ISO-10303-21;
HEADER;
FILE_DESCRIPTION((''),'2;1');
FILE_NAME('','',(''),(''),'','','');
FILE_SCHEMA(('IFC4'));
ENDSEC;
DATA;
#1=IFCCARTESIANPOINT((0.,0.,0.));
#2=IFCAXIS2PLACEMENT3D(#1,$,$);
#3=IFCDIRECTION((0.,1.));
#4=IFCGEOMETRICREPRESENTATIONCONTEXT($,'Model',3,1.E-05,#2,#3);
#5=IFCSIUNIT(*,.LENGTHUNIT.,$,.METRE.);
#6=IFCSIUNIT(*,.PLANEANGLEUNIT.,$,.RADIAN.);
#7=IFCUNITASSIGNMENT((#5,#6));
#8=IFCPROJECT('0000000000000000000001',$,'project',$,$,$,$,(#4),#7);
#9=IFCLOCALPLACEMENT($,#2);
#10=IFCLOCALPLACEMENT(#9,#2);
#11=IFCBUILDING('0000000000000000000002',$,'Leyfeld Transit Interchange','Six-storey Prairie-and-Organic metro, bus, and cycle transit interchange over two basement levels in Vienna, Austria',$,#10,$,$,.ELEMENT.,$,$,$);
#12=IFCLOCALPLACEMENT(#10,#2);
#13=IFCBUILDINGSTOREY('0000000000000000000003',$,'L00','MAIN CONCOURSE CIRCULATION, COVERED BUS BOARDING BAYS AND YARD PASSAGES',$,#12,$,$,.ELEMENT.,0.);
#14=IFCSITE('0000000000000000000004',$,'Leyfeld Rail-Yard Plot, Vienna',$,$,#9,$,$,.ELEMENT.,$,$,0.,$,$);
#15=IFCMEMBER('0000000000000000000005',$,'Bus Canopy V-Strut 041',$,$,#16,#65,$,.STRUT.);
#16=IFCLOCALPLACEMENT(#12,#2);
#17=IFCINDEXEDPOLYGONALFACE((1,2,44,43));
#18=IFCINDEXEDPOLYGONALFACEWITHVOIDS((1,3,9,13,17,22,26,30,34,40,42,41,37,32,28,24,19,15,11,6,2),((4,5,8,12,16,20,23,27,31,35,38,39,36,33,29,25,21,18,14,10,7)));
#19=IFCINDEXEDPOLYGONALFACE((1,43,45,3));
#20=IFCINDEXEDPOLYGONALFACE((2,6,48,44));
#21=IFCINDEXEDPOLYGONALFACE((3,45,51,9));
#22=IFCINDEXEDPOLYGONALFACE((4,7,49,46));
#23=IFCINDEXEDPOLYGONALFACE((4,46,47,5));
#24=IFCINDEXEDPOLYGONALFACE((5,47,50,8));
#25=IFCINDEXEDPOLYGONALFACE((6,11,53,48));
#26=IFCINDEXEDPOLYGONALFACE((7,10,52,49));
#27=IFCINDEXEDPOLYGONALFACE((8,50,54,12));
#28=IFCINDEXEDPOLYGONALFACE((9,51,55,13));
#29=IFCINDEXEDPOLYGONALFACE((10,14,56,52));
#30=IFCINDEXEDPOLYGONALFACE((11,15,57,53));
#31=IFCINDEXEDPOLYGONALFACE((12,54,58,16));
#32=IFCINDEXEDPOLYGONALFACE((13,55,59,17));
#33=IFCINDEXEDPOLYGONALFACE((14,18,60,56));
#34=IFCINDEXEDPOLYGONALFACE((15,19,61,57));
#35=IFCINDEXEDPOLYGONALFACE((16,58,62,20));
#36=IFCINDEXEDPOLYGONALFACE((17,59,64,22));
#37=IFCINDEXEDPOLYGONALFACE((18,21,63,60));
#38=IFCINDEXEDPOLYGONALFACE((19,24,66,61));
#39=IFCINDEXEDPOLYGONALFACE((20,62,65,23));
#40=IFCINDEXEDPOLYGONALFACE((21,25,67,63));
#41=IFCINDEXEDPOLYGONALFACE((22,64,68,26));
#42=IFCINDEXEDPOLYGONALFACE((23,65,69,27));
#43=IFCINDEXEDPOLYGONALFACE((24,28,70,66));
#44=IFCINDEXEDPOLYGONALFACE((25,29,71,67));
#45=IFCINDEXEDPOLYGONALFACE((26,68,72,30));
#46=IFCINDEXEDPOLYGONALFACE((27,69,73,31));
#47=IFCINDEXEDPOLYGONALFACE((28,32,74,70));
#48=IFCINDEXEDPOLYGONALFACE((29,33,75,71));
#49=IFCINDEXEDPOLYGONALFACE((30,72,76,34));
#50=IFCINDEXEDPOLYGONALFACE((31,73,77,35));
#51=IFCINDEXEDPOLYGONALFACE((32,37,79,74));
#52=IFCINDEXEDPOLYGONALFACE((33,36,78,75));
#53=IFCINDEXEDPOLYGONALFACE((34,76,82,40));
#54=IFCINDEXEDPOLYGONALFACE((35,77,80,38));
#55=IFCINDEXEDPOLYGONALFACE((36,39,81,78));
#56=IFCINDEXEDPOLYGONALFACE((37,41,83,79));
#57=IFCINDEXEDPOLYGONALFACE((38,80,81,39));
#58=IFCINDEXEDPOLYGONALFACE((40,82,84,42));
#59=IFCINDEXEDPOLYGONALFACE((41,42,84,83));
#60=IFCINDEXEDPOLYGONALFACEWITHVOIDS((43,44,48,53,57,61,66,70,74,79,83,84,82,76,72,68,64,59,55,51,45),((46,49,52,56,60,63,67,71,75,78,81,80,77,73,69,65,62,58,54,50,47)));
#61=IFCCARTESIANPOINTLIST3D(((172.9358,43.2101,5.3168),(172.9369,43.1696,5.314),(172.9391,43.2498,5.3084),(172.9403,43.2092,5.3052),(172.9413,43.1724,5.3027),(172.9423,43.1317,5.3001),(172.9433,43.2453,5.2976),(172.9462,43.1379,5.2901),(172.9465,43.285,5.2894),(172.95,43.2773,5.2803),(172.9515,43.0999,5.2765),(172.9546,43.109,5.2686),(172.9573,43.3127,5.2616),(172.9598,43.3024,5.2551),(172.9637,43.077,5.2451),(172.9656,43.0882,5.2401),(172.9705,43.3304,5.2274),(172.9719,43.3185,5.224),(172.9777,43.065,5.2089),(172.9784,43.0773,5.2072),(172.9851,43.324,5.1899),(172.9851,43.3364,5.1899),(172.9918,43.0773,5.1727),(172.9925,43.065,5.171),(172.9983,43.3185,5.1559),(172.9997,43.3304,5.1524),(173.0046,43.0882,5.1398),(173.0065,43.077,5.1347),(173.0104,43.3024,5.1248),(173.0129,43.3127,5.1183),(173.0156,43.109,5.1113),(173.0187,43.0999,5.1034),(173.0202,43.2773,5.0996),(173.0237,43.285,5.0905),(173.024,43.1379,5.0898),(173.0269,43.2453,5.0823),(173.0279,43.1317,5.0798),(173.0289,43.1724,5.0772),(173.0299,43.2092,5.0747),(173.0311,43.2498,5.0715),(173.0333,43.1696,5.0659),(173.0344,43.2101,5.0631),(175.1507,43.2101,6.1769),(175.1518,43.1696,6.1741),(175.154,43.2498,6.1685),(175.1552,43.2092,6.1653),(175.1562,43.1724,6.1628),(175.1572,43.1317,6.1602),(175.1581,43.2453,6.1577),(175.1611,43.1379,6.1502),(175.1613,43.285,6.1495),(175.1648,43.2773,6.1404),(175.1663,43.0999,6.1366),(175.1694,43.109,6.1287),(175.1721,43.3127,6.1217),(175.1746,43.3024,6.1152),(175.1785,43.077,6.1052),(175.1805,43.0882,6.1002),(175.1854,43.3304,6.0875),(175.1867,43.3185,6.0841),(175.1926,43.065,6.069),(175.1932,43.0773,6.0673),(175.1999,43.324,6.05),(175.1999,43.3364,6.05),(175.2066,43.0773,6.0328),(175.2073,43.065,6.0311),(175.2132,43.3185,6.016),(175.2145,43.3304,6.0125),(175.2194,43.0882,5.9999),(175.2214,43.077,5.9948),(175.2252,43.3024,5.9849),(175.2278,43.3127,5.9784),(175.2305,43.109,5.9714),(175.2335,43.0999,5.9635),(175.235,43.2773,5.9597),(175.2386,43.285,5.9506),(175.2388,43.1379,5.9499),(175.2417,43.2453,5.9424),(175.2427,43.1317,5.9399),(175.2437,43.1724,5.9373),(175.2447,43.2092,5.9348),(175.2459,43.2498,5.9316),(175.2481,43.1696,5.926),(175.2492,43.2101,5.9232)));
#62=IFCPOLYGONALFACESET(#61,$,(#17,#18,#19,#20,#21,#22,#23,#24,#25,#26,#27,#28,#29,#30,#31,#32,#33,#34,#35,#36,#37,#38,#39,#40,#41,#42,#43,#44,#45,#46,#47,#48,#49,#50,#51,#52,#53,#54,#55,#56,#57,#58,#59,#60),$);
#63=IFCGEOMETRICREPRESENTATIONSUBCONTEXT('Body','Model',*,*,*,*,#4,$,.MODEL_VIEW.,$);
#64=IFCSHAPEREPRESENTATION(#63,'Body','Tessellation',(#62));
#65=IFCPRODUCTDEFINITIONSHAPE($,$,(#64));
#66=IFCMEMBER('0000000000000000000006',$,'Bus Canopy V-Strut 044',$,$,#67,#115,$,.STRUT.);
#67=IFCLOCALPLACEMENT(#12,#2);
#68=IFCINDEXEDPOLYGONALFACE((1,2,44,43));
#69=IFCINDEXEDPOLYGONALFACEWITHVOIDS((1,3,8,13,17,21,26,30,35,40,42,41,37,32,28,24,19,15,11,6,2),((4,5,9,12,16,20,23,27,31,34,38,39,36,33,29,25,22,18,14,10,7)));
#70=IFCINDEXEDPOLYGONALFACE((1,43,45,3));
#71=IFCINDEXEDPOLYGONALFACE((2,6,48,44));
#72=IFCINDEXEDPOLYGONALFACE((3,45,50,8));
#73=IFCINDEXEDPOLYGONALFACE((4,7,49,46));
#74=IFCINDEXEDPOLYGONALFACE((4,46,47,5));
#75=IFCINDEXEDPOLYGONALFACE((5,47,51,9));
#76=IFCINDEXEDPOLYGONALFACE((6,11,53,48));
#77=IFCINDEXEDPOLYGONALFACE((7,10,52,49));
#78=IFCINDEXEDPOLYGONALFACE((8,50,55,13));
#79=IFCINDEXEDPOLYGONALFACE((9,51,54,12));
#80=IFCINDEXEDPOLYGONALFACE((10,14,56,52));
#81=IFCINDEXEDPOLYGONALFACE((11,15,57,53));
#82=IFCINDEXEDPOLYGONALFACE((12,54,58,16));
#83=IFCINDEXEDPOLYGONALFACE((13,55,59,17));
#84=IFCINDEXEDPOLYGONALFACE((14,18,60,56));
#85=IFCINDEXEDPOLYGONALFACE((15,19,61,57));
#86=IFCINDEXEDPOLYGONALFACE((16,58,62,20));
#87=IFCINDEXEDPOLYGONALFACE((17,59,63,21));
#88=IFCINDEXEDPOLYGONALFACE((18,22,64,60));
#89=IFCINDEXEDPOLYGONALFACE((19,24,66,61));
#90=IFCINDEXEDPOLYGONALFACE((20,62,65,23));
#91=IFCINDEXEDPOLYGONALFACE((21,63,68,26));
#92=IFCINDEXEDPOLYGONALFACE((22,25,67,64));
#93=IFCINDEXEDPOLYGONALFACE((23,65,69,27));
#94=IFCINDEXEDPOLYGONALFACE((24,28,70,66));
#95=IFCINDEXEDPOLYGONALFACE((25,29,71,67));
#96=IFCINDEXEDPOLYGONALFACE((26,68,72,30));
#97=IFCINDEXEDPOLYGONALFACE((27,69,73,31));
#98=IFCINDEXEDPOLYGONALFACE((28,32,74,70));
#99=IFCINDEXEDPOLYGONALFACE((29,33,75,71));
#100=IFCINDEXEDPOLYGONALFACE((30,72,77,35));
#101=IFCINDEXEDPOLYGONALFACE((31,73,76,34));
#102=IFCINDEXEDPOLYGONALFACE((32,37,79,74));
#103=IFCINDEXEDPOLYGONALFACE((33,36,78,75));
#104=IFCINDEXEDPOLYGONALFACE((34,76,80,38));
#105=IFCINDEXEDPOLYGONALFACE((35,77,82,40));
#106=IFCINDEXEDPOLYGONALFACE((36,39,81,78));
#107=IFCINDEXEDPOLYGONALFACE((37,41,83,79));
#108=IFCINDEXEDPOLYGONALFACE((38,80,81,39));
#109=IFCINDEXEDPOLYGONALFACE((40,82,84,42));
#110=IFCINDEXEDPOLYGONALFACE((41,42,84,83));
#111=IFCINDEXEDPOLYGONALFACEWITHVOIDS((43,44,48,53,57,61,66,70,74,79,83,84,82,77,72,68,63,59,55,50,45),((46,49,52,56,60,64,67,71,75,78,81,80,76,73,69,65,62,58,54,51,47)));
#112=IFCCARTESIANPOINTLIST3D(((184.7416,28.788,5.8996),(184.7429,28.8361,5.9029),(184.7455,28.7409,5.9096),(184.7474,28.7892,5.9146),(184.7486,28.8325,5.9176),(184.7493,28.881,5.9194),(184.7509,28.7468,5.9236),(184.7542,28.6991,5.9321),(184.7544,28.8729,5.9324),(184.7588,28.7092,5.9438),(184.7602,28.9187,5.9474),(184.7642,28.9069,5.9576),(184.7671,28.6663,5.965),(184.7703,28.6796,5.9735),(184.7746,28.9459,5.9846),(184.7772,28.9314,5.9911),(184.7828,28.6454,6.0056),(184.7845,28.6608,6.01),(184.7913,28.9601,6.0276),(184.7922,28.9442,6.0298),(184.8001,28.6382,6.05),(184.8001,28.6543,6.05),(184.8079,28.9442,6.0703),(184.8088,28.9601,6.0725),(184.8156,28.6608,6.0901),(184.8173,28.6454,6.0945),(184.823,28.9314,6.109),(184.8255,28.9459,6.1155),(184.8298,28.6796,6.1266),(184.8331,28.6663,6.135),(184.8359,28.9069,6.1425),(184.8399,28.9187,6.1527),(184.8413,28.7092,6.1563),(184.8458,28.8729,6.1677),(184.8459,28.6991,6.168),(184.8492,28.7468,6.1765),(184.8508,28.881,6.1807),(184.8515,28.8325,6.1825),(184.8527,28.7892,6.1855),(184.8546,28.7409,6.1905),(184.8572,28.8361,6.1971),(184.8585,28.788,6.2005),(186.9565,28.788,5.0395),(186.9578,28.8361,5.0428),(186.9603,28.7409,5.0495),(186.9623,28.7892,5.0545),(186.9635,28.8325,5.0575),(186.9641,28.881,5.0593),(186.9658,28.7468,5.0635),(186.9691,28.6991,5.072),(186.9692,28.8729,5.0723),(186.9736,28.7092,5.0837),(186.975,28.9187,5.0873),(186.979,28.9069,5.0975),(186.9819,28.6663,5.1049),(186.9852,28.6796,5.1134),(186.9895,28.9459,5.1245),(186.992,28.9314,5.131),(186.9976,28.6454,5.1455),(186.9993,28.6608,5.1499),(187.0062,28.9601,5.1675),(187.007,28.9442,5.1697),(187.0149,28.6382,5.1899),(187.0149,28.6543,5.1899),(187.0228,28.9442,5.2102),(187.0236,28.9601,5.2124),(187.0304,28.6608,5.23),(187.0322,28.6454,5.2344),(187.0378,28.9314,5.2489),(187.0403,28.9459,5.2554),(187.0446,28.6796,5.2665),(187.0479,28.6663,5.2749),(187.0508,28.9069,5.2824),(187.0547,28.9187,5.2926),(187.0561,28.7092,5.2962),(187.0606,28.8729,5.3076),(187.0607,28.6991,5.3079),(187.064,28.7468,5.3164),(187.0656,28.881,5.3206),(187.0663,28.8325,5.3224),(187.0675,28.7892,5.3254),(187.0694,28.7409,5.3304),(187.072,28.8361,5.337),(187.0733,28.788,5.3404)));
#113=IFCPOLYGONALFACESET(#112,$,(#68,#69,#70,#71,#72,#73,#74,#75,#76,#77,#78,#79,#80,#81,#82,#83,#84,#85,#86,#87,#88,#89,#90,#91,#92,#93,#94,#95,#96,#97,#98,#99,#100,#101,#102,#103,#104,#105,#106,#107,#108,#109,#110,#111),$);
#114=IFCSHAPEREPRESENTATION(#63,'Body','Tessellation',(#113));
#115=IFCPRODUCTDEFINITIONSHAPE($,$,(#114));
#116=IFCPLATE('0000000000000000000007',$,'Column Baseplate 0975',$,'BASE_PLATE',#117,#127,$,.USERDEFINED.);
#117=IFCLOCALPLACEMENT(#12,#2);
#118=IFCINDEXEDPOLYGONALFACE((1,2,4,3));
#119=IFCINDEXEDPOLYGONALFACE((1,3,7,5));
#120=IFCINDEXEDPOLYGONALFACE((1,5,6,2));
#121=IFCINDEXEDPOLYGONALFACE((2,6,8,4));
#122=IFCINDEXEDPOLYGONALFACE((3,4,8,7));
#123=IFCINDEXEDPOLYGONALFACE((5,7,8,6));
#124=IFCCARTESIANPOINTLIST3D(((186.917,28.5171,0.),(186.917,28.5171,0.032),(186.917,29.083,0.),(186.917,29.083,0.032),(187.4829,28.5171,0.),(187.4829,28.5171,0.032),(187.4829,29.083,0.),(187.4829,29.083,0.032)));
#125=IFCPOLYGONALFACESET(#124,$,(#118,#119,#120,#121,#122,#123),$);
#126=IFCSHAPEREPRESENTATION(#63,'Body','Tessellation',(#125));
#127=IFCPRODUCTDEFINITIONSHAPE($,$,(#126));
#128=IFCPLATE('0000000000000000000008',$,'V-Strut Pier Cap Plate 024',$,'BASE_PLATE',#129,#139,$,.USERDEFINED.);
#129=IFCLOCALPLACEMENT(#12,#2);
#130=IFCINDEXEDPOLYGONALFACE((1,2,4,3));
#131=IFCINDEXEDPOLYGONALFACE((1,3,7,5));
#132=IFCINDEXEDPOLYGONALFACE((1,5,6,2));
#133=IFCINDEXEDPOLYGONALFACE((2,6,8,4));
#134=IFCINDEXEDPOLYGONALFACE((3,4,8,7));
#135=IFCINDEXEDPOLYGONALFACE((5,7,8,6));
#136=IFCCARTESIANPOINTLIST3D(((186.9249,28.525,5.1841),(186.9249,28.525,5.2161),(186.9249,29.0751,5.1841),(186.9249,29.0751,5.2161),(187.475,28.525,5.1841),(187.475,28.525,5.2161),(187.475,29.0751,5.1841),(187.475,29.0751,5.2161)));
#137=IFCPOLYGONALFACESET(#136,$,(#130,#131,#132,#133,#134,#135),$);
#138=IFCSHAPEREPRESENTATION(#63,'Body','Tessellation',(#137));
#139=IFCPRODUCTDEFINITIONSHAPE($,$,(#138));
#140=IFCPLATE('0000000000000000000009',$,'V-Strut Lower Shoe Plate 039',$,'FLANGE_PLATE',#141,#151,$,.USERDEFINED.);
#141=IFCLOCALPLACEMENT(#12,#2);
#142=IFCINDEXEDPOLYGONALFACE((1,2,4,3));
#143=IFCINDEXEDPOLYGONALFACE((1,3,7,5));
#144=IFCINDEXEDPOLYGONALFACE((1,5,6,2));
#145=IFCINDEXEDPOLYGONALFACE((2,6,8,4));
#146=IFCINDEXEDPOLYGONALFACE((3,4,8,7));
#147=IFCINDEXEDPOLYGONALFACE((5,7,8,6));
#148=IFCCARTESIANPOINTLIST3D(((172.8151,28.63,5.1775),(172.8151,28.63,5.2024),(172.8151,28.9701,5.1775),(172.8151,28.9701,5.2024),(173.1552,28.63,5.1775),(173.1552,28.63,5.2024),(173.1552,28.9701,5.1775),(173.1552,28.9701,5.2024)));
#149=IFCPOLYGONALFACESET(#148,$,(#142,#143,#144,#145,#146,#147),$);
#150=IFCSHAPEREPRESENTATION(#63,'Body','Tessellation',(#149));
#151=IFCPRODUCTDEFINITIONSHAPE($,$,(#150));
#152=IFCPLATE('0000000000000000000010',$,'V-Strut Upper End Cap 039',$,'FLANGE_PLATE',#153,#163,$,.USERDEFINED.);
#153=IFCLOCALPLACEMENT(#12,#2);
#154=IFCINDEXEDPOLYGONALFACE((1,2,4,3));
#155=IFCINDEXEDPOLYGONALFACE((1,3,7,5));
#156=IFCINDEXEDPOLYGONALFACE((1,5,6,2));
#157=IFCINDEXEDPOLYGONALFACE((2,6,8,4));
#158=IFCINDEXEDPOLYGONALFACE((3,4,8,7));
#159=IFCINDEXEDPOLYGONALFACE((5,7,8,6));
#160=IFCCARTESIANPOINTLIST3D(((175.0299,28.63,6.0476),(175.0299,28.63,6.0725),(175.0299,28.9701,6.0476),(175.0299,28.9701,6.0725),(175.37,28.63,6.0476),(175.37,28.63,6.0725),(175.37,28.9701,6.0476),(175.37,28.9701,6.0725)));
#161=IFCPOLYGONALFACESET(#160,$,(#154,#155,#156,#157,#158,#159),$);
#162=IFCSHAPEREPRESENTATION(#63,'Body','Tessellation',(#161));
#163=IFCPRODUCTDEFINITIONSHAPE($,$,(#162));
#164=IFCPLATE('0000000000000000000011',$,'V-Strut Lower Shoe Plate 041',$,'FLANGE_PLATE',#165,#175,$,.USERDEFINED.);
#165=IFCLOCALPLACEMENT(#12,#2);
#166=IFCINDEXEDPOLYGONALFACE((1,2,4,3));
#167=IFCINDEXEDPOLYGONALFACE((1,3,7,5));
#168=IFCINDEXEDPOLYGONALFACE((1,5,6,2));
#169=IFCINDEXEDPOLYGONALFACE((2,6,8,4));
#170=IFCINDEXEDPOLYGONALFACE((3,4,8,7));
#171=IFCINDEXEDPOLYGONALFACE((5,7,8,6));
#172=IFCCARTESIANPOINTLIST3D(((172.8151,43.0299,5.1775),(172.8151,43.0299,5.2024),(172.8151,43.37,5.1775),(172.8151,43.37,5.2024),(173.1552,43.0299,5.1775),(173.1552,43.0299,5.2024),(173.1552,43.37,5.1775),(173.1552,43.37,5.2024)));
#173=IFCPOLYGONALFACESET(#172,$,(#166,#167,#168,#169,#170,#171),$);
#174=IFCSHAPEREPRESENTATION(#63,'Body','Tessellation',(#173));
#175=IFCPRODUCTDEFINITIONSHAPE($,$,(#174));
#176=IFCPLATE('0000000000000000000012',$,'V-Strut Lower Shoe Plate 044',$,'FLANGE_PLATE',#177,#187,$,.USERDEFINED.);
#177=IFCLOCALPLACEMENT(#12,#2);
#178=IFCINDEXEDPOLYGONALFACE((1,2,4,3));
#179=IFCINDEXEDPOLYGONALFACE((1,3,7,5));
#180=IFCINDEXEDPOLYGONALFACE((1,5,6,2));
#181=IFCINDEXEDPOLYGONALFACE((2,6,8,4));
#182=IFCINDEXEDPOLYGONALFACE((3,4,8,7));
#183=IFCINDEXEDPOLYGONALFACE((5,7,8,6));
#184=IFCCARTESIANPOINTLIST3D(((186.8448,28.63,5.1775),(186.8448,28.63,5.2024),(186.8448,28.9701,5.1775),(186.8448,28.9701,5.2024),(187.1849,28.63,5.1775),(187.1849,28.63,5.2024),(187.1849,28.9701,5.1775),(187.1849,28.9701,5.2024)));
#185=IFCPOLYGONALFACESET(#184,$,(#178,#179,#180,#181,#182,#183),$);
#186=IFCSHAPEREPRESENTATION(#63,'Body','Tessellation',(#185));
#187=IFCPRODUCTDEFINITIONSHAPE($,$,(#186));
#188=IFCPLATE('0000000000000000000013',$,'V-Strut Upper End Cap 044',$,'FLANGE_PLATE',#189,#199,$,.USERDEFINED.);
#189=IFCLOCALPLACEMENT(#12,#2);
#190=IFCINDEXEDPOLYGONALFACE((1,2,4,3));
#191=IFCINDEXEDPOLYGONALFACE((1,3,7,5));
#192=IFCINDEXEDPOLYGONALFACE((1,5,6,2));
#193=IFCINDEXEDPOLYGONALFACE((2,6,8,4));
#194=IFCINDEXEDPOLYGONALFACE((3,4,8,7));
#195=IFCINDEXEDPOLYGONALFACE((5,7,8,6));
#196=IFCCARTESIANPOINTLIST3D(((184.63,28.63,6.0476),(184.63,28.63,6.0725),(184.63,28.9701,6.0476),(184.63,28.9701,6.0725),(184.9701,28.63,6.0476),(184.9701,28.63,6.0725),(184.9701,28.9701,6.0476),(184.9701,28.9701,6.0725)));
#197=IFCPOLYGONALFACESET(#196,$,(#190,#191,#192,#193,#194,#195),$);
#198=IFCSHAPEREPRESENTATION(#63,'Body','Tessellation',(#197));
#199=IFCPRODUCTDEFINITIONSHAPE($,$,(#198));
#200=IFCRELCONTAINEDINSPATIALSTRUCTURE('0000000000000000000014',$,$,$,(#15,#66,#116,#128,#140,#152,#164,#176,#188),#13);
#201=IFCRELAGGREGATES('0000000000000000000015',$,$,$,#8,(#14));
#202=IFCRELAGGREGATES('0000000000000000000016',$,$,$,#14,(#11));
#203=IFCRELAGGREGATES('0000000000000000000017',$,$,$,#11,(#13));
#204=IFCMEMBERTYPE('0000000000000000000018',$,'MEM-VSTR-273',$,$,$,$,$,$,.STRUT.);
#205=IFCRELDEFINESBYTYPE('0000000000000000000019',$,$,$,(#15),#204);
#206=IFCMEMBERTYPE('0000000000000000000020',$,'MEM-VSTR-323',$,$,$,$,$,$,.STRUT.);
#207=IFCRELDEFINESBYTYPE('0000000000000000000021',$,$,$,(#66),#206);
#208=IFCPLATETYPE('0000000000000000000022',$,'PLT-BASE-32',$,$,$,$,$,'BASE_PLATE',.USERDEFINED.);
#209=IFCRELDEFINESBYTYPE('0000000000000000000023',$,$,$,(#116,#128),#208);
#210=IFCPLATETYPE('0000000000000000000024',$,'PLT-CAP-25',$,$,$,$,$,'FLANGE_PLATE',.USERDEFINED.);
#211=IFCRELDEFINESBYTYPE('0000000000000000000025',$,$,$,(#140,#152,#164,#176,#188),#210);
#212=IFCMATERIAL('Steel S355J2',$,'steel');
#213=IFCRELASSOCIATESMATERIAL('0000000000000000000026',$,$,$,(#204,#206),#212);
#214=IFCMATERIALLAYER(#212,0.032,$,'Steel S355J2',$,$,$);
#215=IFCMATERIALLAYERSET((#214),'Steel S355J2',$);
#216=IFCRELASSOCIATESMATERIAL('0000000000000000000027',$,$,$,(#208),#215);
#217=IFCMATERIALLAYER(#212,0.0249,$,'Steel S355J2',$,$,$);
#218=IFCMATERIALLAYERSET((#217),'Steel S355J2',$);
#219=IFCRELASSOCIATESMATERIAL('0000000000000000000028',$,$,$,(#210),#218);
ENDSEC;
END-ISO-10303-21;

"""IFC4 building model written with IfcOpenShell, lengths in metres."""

from ifc_helpers import new_model, si_unit, direction, frame, origin, origin_2d, place, context, subcontext, project, spatial, rectangle, hollow_circle, extrude, material, layer, layer_set, material_profile, profile_set, type_object, element, save


model = new_model("IFC4")

# Units and contexts
model_context = context("Model", 3, precision=1e-05, world=origin(), true_north=direction((0.0, 1.0)))
body_context = subcontext(model_context, "Body", "Model", "MODEL_VIEW")
ifc_project = project(units=[si_unit("LENGTHUNIT", "METRE"), si_unit("PLANEANGLEUNIT", "RADIAN")], contexts=[model_context])

# Site, building, storey
site_placement = place(None, origin())
site = spatial("IfcSite", under=ifc_project, at=site_placement, Name="Leyfeld Rail-Yard Plot, Vienna", CompositionType="ELEMENT", RefElevation=0.0)
building_placement = place(site_placement, origin())
building = spatial("IfcBuilding", under=site, at=building_placement, Name="Leyfeld Transit Interchange", Description="Six-storey Prairie-and-Organic metro, bus, and cycle transit interchange over two basement levels in Vienna, Austria", CompositionType="ELEMENT")
storey_placement = place(building_placement, origin())
storey = spatial("IfcBuildingStorey", under=building, at=storey_placement, Name="L00", Description="MAIN CONCOURSE CIRCULATION, COVERED BUS BOARDING BAYS AND YARD PASSAGES", CompositionType="ELEMENT", Elevation=0.0)

# Shared definitions
ifc_material_1 = material(Name="Steel S355J2", Category="steel")

# Members
ifc_material_profile_1 = material_profile(ifc_material_1, hollow_circle(Radius=0.1365, WallThickness=0.0125, at=origin_2d()), Name="CHS 273x12.5")
ifc_profile_set_1 = profile_set([ifc_material_profile_1], Name="Steel S355J2")
member_type_1 = type_object("IfcMemberType", Name="MEM-VSTR-273", PredefinedType="STRUT", material=ifc_profile_set_1)
for number, where, z_axis, x_axis, name in (
    (1, (172.9851, 43.2, 5.1899), (0.932178, 0.0, 0.362), (0.0, 1.0, 0.0), "Bus Canopy V-Strut 041"),
):
    element("IfcMember", number, at=place(storey_placement, frame(where, z_axis=z_axis, x_axis=x_axis)), inside=storey, type_object=member_type_1, Name=name, PredefinedType="STRUT", context=body_context, shape_type="SweptSolid", body=[
        extrude(hollow_circle(Radius=0.1365, WallThickness=0.0125, at=origin_2d()), origin(), (0.0, 0.0, 1.0), 2.376),
    ])
ifc_material_profile_2 = material_profile(ifc_material_1, hollow_circle(Radius=0.1619, WallThickness=0.0161, at=origin_2d()), Name="CHS 323.9x16")
ifc_profile_set_2 = profile_set([ifc_material_profile_2], Name="Steel S355J2")
member_type_2 = type_object("IfcMemberType", Name="MEM-VSTR-323", PredefinedType="STRUT", material=ifc_profile_set_2)
member_placement = place(storey_placement, frame((187.0149, 28.8, 5.1899), z_axis=(-0.932178, 0.0, 0.362), x_axis=(0.0, -1.0, 0.0)))
element("IfcMember", 2, at=member_placement, inside=storey, type_object=member_type_2, Name="Bus Canopy V-Strut 044", PredefinedType="STRUT", context=body_context, shape_type="SweptSolid", body=[
    extrude(hollow_circle(Radius=0.1619, WallThickness=0.0161, at=origin_2d()), origin(), (0.0, 0.0, 1.0), 2.376),
])

# Plates
ifc_layer_1 = layer(ifc_material_1, 0.032, Name="Steel S355J2")
ifc_layer_set_1 = layer_set([ifc_layer_1], Name="Steel S355J2")
plate_type_1 = type_object("IfcPlateType", Name="PLT-BASE-32", ElementType="BASE_PLATE", PredefinedType="USERDEFINED", material=ifc_layer_set_1)
plate_1_placement = place(storey_placement, frame((187.2, 28.8, 0.0), z_axis=(0.0, 0.0, 1.0), x_axis=(1.0, 0.0, 0.0)))
element("IfcPlate", 3, at=plate_1_placement, inside=storey, type_object=plate_type_1, Name="Column Baseplate 0975", ObjectType="BASE_PLATE", PredefinedType="USERDEFINED", context=body_context, shape_type="SweptSolid", body=[
    extrude(rectangle(XDim=0.5659, YDim=0.5659, at=origin_2d()), origin(), (0.0, 0.0, 1.0), 0.032),
])
plate_2_placement = place(storey_placement, frame((187.2, 28.8, 5.1841), z_axis=(0.0, 0.0, 1.0), x_axis=(1.0, 0.0, 0.0)))
element("IfcPlate", 4, at=plate_2_placement, inside=storey, type_object=plate_type_1, Name="V-Strut Pier Cap Plate 024", ObjectType="BASE_PLATE", PredefinedType="USERDEFINED", context=body_context, shape_type="SweptSolid", body=[
    extrude(rectangle(XDim=0.55, YDim=0.55, at=origin_2d()), origin(), (0.0, 0.0, 1.0), 0.032),
])
ifc_layer_2 = layer(ifc_material_1, 0.0249, Name="Steel S355J2")
ifc_layer_set_2 = layer_set([ifc_layer_2], Name="Steel S355J2")
plate_type_2 = type_object("IfcPlateType", Name="PLT-CAP-25", ElementType="FLANGE_PLATE", PredefinedType="USERDEFINED", material=ifc_layer_set_2)
for number, where, z_axis, x_axis, name in (
    (5, (172.9851, 28.8, 5.1775), (0.0, 0.0, 1.0), (1.0, 0.0, 0.0), "V-Strut Lower Shoe Plate 039"),
    (6, (175.2, 28.8, 6.0476), (0.0, 0.0, 1.0), (1.0, 0.0, 0.0), "V-Strut Upper End Cap 039"),
    (7, (172.9851, 43.2, 5.1775), (0.0, 0.0, 1.0), (1.0, 0.0, 0.0), "V-Strut Lower Shoe Plate 041"),
    (8, (187.0149, 28.8, 5.1775), (0.0, 0.0, 1.0), (1.0, 0.0, 0.0), "V-Strut Lower Shoe Plate 044"),
    (9, (184.8, 28.8, 6.0476), (0.0, 0.0, 1.0), (1.0, 0.0, 0.0), "V-Strut Upper End Cap 044"),
):
    element("IfcPlate", number, at=place(storey_placement, frame(where, z_axis=z_axis, x_axis=x_axis)), inside=storey, type_object=plate_type_2, Name=name, ObjectType="FLANGE_PLATE", PredefinedType="USERDEFINED", context=body_context, shape_type="SweptSolid", body=[
        extrude(rectangle(XDim=0.3401, YDim=0.3401, at=origin_2d()), origin(), (0.0, 0.0, 1.0), 0.0249),
    ])

save(model, "model.ifc")
